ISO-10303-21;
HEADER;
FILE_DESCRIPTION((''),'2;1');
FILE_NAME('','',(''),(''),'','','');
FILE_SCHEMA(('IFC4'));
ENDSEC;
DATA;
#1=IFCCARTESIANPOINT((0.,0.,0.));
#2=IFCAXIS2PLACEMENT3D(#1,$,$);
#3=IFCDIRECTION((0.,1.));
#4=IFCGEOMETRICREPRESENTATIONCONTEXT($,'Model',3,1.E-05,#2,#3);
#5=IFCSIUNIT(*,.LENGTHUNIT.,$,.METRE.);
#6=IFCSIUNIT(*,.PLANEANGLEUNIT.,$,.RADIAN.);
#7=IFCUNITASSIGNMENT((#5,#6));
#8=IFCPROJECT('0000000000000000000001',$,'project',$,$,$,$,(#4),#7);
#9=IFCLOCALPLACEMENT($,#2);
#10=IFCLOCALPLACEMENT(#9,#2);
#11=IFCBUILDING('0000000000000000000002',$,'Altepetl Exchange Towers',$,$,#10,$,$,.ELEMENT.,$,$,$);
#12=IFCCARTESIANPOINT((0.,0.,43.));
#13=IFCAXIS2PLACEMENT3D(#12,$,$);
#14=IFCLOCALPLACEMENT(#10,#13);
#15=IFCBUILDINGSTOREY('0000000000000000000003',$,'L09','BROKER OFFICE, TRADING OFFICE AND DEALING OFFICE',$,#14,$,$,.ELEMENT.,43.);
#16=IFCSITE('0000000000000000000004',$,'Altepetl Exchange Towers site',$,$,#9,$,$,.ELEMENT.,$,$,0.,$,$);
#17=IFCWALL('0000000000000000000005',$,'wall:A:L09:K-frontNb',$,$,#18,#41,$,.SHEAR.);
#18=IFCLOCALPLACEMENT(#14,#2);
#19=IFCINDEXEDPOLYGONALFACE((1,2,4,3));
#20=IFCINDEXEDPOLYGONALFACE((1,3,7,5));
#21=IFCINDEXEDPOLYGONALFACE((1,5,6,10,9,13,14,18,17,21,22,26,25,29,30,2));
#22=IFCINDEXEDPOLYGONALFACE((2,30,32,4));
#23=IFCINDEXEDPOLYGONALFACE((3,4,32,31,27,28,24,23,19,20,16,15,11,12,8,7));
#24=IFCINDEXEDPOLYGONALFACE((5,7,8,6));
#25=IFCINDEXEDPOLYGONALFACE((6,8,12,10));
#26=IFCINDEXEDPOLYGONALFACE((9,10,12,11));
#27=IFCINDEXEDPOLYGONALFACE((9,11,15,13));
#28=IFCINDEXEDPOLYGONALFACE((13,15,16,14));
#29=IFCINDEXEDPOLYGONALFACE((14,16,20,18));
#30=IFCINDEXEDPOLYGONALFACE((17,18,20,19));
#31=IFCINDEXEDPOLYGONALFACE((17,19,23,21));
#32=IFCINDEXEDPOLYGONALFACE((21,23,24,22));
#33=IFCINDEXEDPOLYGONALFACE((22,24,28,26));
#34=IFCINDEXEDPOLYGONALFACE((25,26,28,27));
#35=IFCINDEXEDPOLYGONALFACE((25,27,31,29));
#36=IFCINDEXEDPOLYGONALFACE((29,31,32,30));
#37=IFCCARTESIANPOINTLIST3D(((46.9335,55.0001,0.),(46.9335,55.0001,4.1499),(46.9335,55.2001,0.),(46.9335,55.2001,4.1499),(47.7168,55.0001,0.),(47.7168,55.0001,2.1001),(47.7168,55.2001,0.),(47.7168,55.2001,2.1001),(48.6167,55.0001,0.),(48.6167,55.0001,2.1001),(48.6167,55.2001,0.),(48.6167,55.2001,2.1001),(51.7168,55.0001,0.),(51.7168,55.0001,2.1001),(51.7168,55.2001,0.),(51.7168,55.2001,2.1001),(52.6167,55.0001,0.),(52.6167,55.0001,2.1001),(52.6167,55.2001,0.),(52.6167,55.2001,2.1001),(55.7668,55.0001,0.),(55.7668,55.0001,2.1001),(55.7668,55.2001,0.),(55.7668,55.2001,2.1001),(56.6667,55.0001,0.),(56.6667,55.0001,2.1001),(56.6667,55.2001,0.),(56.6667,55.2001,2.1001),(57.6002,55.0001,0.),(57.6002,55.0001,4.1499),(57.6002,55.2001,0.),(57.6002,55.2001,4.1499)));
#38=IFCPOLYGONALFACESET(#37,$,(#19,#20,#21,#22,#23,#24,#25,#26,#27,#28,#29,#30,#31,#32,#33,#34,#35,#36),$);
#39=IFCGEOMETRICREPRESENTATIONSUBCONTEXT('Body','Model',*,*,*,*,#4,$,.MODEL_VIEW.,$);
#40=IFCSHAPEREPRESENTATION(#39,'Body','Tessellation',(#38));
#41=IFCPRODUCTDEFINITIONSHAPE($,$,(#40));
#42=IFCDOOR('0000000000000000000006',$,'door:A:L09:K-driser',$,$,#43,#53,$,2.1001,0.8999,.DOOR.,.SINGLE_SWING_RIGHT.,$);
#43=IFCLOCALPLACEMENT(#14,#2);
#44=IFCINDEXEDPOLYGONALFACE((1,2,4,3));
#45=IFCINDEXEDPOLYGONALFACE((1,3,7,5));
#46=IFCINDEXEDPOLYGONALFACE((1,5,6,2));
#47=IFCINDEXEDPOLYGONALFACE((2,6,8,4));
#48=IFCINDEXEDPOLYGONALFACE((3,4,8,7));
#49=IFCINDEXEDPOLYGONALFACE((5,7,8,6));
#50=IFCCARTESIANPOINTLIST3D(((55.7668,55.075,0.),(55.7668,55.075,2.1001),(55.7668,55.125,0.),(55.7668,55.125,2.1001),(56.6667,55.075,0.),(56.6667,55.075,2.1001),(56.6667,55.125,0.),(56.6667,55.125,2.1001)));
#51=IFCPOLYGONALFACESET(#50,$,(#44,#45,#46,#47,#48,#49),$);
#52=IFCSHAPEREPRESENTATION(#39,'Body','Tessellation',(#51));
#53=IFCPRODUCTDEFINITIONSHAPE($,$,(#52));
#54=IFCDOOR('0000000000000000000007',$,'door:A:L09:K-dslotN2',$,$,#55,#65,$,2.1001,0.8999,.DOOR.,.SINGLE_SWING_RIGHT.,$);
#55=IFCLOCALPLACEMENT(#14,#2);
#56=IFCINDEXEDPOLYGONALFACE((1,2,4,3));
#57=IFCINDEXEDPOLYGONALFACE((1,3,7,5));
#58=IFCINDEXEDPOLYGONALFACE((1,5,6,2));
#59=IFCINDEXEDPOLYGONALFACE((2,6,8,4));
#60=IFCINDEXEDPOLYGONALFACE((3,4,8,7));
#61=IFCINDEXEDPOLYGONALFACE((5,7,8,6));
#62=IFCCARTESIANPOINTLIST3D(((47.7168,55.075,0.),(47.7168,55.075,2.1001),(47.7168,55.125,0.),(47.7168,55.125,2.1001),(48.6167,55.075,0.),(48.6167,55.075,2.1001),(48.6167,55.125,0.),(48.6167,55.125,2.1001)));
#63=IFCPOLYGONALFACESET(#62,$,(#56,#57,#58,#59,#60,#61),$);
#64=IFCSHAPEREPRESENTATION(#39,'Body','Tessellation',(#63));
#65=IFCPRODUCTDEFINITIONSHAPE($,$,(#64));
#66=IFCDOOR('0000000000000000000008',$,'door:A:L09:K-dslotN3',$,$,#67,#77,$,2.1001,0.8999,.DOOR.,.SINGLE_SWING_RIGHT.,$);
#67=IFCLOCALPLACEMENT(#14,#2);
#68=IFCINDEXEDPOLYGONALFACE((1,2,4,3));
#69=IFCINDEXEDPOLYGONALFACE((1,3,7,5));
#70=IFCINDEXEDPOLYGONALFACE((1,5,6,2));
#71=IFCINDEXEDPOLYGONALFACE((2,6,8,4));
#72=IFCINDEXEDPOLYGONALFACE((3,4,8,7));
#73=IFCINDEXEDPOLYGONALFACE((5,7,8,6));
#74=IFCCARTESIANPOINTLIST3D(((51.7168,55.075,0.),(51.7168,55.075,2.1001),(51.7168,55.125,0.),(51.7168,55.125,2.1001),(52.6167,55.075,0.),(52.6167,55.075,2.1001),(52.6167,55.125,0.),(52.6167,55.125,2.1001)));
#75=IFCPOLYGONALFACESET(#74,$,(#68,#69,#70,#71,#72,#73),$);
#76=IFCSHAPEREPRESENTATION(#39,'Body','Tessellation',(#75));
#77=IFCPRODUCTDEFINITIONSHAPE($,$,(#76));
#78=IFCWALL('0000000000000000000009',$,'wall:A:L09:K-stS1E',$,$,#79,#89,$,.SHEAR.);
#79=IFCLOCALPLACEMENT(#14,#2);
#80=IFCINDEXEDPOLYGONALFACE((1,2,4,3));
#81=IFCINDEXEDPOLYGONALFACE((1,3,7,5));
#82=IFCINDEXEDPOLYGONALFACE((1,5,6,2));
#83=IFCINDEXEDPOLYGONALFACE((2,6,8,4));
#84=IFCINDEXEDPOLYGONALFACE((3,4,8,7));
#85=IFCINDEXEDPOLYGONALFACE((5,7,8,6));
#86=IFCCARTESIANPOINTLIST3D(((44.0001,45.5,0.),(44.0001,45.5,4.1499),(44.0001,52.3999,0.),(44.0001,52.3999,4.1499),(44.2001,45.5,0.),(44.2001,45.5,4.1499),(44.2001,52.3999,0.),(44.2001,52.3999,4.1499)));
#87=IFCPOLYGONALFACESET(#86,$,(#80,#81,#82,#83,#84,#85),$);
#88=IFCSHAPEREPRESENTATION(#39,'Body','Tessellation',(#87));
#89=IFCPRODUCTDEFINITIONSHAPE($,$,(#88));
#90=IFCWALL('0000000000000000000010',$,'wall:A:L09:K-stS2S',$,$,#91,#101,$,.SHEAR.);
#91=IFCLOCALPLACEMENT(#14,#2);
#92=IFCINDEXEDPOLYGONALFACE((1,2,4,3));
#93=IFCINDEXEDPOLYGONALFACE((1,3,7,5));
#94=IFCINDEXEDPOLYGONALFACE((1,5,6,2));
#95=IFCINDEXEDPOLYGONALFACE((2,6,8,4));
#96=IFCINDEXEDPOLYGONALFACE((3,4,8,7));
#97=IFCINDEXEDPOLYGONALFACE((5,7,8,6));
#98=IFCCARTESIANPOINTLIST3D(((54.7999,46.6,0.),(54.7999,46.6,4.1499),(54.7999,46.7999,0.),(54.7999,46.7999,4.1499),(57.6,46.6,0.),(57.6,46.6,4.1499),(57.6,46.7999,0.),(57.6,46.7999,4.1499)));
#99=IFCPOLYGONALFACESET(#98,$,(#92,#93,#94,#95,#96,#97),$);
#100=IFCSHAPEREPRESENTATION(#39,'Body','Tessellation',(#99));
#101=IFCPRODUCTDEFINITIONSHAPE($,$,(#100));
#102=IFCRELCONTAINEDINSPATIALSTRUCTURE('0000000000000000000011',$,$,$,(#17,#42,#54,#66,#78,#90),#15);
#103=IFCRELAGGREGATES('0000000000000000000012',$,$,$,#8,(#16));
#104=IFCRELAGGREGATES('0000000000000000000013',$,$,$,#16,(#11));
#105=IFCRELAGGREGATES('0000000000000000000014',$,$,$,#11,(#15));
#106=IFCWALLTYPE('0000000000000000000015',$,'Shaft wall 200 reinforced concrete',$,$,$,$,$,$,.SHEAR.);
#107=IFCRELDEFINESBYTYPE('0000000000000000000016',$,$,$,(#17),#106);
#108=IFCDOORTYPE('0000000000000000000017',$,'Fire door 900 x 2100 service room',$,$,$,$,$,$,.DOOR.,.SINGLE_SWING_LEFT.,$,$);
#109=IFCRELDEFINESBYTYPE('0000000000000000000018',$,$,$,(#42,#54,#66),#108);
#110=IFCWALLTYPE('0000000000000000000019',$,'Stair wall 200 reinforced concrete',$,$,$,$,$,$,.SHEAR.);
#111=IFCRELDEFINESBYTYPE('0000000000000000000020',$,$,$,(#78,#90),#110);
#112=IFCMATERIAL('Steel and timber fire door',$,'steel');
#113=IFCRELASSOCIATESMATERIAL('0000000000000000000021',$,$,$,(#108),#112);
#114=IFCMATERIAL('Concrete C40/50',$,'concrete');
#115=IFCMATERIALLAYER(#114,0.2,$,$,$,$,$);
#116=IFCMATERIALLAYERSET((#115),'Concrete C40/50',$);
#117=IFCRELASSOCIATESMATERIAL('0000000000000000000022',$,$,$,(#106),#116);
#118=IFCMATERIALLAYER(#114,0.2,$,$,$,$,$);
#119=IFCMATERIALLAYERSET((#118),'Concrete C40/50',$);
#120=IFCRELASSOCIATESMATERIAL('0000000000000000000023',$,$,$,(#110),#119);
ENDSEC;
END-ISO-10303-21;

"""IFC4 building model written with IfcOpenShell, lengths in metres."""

from ifc_helpers import new_model, si_unit, direction, frame, frame_2d, origin, place, context, subcontext, project, spatial, rectangle, extrude, material, layer, layer_set, type_object, element, fill, save


model = new_model("IFC4")

# Units and contexts
model_context = context("Model", 3, precision=1e-05, world=origin(), true_north=direction((0.0, 1.0)))
body_context = subcontext(model_context, "Body", "Model", "MODEL_VIEW")
ifc_project = project(units=[si_unit("LENGTHUNIT", "METRE"), si_unit("PLANEANGLEUNIT", "RADIAN")], contexts=[model_context])

# Site, building, storey
site_placement = place(None, origin())
site = spatial("IfcSite", under=ifc_project, at=site_placement, Name="Altepetl Exchange Towers site", CompositionType="ELEMENT", RefElevation=0.0)
building_placement = place(site_placement, origin())
building = spatial("IfcBuilding", under=site, at=building_placement, Name="Altepetl Exchange Towers", CompositionType="ELEMENT")
storey_placement = place(building_placement, frame((0.0, 0.0, 43.0)))
storey = spatial("IfcBuildingStorey", under=building, at=storey_placement, Name="L09", Description="BROKER OFFICE, TRADING OFFICE AND DEALING OFFICE", CompositionType="ELEMENT", Elevation=43.0)

# Shared definitions
ifc_material_1 = material(Name="Steel and timber fire door", Category="steel")

# Shared definitions
door_type_1 = type_object("IfcDoorType", Name="Fire door 900 x 2100 service room", OperationType="SINGLE_SWING_LEFT", PredefinedType="DOOR", material=ifc_material_1)

# Shared definitions
ifc_material_2 = material(Name="Concrete C40/50", Category="concrete")
ifc_layer_1 = layer(ifc_material_2, 0.2)
ifc_layer_set_1 = layer_set([ifc_layer_1], Name="Concrete C40/50")
wall_type_1 = type_object("IfcWallType", Name="Shaft wall 200 reinforced concrete", PredefinedType="SHEAR", material=ifc_layer_set_1)

# Wall, openings, doors
wall_1_placement = place(storey_placement, frame((46.9333, 55.1001, 0.0)))
wall_1 = element("IfcWall", 1, at=wall_1_placement, inside=storey, type_object=wall_type_1, Name="wall:A:L09:K-frontNb", PredefinedType="SHEAR", context=body_context, shape_type="SweptSolid", body=[
    extrude(rectangle(XDim=10.6667, YDim=0.2, at=frame_2d((5.3335, 0.0))), origin(), (0.0, 0.0, 1.0), 4.1499),
])
opening_1_placement = place(wall_1_placement, frame((8.8335, 0.0, 0.0)))
opening_1 = element("IfcOpeningElement", 2, at=opening_1_placement, cuts=wall_1, PredefinedType="OPENING", context=body_context, shape_type="SweptSolid", body=[
    extrude(rectangle(XDim=0.8999, YDim=2.1001, at=frame_2d((0.45, 1.05))), frame((0.0, 0.1099, 0.0), z_axis=(0.0, -1.0, 0.0), x_axis=(1.0, 0.0, 0.0)), (0.0, 0.0, 1.0), 0.22),
])
opening_2_placement = place(wall_1_placement, frame((0.7834, 0.0, 0.0)))
opening_2 = element("IfcOpeningElement", 3, at=opening_2_placement, cuts=wall_1, PredefinedType="OPENING", context=body_context, shape_type="SweptSolid", body=[
    extrude(rectangle(XDim=0.8999, YDim=2.1001, at=frame_2d((0.45, 1.05))), frame((0.0, 0.1099, 0.0), z_axis=(0.0, -1.0, 0.0), x_axis=(1.0, 0.0, 0.0)), (0.0, 0.0, 1.0), 0.22),
])
opening_3_placement = place(wall_1_placement, frame((4.7834, 0.0, 0.0)))
opening_3 = element("IfcOpeningElement", 4, at=opening_3_placement, cuts=wall_1, PredefinedType="OPENING", context=body_context, shape_type="SweptSolid", body=[
    extrude(rectangle(XDim=0.8999, YDim=2.1001, at=frame_2d((0.45, 1.05))), frame((0.0, 0.1099, 0.0), z_axis=(0.0, -1.0, 0.0), x_axis=(1.0, 0.0, 0.0)), (0.0, 0.0, 1.0), 0.22),
])
door_1_placement = place(opening_1_placement, origin())
door_1 = element("IfcDoor", 5, at=door_1_placement, inside=storey, type_object=door_type_1, Name="door:A:L09:K-driser", OperationType="SINGLE_SWING_RIGHT", OverallHeight=2.1001, OverallWidth=0.8999, PredefinedType="DOOR", context=body_context, shape_type="SweptSolid", body=[
    extrude(rectangle(XDim=0.8999, YDim=2.1001, at=frame_2d((0.45, 1.05))), frame((0.0, 0.0249, 0.0), z_axis=(0.0, -1.0, 0.0), x_axis=(1.0, 0.0, 0.0)), (0.0, 0.0, 1.0), 0.05),
])
fill(opening_1, door_1)
door_2_placement = place(opening_2_placement, origin())
door_2 = element("IfcDoor", 6, at=door_2_placement, inside=storey, type_object=door_type_1, Name="door:A:L09:K-dslotN2", OperationType="SINGLE_SWING_RIGHT", OverallHeight=2.1001, OverallWidth=0.8999, PredefinedType="DOOR", context=body_context, shape_type="SweptSolid", body=[
    extrude(rectangle(XDim=0.8999, YDim=2.1001, at=frame_2d((0.45, 1.05))), frame((0.0, 0.0249, 0.0), z_axis=(0.0, -1.0, 0.0), x_axis=(1.0, 0.0, 0.0)), (0.0, 0.0, 1.0), 0.05),
])
fill(opening_2, door_2)
door_3_placement = place(opening_3_placement, origin())
door_3 = element("IfcDoor", 7, at=door_3_placement, inside=storey, type_object=door_type_1, Name="door:A:L09:K-dslotN3", OperationType="SINGLE_SWING_RIGHT", OverallHeight=2.1001, OverallWidth=0.8999, PredefinedType="DOOR", context=body_context, shape_type="SweptSolid", body=[
    extrude(rectangle(XDim=0.8999, YDim=2.1001, at=frame_2d((0.45, 1.05))), frame((0.0, 0.0249, 0.0), z_axis=(0.0, -1.0, 0.0), x_axis=(1.0, 0.0, 0.0)), (0.0, 0.0, 1.0), 0.05),
])
fill(opening_3, door_3)

# Walls
ifc_layer_2 = layer(ifc_material_2, 0.2)
ifc_layer_set_2 = layer_set([ifc_layer_2], Name="Concrete C40/50")
wall_type_2 = type_object("IfcWallType", Name="Stair wall 200 reinforced concrete", PredefinedType="SHEAR", material=ifc_layer_set_2)
wall_2_placement = place(storey_placement, frame((44.1001, 45.5, 0.0), z_axis=(0.0, 0.0, 1.0), x_axis=(0.0, 1.0, 0.0)))
element("IfcWall", 8, at=wall_2_placement, inside=storey, type_object=wall_type_2, Name="wall:A:L09:K-stS1E", PredefinedType="SHEAR", context=body_context, shape_type="SweptSolid", body=[
    extrude(rectangle(XDim=6.8999, YDim=0.2, at=frame_2d((3.45, 0.0))), origin(), (0.0, 0.0, 1.0), 4.1499),
])
wall_3_placement = place(storey_placement, frame((54.8, 46.7, 0.0)))
element("IfcWall", 9, at=wall_3_placement, inside=storey, type_object=wall_type_2, Name="wall:A:L09:K-stS2S", PredefinedType="SHEAR", context=body_context, shape_type="SweptSolid", body=[
    extrude(rectangle(XDim=2.8, YDim=0.2, at=frame_2d((1.3999, 0.0))), origin(), (0.0, 0.0, 1.0), 4.1499),
])

save(model, "model.ifc")
